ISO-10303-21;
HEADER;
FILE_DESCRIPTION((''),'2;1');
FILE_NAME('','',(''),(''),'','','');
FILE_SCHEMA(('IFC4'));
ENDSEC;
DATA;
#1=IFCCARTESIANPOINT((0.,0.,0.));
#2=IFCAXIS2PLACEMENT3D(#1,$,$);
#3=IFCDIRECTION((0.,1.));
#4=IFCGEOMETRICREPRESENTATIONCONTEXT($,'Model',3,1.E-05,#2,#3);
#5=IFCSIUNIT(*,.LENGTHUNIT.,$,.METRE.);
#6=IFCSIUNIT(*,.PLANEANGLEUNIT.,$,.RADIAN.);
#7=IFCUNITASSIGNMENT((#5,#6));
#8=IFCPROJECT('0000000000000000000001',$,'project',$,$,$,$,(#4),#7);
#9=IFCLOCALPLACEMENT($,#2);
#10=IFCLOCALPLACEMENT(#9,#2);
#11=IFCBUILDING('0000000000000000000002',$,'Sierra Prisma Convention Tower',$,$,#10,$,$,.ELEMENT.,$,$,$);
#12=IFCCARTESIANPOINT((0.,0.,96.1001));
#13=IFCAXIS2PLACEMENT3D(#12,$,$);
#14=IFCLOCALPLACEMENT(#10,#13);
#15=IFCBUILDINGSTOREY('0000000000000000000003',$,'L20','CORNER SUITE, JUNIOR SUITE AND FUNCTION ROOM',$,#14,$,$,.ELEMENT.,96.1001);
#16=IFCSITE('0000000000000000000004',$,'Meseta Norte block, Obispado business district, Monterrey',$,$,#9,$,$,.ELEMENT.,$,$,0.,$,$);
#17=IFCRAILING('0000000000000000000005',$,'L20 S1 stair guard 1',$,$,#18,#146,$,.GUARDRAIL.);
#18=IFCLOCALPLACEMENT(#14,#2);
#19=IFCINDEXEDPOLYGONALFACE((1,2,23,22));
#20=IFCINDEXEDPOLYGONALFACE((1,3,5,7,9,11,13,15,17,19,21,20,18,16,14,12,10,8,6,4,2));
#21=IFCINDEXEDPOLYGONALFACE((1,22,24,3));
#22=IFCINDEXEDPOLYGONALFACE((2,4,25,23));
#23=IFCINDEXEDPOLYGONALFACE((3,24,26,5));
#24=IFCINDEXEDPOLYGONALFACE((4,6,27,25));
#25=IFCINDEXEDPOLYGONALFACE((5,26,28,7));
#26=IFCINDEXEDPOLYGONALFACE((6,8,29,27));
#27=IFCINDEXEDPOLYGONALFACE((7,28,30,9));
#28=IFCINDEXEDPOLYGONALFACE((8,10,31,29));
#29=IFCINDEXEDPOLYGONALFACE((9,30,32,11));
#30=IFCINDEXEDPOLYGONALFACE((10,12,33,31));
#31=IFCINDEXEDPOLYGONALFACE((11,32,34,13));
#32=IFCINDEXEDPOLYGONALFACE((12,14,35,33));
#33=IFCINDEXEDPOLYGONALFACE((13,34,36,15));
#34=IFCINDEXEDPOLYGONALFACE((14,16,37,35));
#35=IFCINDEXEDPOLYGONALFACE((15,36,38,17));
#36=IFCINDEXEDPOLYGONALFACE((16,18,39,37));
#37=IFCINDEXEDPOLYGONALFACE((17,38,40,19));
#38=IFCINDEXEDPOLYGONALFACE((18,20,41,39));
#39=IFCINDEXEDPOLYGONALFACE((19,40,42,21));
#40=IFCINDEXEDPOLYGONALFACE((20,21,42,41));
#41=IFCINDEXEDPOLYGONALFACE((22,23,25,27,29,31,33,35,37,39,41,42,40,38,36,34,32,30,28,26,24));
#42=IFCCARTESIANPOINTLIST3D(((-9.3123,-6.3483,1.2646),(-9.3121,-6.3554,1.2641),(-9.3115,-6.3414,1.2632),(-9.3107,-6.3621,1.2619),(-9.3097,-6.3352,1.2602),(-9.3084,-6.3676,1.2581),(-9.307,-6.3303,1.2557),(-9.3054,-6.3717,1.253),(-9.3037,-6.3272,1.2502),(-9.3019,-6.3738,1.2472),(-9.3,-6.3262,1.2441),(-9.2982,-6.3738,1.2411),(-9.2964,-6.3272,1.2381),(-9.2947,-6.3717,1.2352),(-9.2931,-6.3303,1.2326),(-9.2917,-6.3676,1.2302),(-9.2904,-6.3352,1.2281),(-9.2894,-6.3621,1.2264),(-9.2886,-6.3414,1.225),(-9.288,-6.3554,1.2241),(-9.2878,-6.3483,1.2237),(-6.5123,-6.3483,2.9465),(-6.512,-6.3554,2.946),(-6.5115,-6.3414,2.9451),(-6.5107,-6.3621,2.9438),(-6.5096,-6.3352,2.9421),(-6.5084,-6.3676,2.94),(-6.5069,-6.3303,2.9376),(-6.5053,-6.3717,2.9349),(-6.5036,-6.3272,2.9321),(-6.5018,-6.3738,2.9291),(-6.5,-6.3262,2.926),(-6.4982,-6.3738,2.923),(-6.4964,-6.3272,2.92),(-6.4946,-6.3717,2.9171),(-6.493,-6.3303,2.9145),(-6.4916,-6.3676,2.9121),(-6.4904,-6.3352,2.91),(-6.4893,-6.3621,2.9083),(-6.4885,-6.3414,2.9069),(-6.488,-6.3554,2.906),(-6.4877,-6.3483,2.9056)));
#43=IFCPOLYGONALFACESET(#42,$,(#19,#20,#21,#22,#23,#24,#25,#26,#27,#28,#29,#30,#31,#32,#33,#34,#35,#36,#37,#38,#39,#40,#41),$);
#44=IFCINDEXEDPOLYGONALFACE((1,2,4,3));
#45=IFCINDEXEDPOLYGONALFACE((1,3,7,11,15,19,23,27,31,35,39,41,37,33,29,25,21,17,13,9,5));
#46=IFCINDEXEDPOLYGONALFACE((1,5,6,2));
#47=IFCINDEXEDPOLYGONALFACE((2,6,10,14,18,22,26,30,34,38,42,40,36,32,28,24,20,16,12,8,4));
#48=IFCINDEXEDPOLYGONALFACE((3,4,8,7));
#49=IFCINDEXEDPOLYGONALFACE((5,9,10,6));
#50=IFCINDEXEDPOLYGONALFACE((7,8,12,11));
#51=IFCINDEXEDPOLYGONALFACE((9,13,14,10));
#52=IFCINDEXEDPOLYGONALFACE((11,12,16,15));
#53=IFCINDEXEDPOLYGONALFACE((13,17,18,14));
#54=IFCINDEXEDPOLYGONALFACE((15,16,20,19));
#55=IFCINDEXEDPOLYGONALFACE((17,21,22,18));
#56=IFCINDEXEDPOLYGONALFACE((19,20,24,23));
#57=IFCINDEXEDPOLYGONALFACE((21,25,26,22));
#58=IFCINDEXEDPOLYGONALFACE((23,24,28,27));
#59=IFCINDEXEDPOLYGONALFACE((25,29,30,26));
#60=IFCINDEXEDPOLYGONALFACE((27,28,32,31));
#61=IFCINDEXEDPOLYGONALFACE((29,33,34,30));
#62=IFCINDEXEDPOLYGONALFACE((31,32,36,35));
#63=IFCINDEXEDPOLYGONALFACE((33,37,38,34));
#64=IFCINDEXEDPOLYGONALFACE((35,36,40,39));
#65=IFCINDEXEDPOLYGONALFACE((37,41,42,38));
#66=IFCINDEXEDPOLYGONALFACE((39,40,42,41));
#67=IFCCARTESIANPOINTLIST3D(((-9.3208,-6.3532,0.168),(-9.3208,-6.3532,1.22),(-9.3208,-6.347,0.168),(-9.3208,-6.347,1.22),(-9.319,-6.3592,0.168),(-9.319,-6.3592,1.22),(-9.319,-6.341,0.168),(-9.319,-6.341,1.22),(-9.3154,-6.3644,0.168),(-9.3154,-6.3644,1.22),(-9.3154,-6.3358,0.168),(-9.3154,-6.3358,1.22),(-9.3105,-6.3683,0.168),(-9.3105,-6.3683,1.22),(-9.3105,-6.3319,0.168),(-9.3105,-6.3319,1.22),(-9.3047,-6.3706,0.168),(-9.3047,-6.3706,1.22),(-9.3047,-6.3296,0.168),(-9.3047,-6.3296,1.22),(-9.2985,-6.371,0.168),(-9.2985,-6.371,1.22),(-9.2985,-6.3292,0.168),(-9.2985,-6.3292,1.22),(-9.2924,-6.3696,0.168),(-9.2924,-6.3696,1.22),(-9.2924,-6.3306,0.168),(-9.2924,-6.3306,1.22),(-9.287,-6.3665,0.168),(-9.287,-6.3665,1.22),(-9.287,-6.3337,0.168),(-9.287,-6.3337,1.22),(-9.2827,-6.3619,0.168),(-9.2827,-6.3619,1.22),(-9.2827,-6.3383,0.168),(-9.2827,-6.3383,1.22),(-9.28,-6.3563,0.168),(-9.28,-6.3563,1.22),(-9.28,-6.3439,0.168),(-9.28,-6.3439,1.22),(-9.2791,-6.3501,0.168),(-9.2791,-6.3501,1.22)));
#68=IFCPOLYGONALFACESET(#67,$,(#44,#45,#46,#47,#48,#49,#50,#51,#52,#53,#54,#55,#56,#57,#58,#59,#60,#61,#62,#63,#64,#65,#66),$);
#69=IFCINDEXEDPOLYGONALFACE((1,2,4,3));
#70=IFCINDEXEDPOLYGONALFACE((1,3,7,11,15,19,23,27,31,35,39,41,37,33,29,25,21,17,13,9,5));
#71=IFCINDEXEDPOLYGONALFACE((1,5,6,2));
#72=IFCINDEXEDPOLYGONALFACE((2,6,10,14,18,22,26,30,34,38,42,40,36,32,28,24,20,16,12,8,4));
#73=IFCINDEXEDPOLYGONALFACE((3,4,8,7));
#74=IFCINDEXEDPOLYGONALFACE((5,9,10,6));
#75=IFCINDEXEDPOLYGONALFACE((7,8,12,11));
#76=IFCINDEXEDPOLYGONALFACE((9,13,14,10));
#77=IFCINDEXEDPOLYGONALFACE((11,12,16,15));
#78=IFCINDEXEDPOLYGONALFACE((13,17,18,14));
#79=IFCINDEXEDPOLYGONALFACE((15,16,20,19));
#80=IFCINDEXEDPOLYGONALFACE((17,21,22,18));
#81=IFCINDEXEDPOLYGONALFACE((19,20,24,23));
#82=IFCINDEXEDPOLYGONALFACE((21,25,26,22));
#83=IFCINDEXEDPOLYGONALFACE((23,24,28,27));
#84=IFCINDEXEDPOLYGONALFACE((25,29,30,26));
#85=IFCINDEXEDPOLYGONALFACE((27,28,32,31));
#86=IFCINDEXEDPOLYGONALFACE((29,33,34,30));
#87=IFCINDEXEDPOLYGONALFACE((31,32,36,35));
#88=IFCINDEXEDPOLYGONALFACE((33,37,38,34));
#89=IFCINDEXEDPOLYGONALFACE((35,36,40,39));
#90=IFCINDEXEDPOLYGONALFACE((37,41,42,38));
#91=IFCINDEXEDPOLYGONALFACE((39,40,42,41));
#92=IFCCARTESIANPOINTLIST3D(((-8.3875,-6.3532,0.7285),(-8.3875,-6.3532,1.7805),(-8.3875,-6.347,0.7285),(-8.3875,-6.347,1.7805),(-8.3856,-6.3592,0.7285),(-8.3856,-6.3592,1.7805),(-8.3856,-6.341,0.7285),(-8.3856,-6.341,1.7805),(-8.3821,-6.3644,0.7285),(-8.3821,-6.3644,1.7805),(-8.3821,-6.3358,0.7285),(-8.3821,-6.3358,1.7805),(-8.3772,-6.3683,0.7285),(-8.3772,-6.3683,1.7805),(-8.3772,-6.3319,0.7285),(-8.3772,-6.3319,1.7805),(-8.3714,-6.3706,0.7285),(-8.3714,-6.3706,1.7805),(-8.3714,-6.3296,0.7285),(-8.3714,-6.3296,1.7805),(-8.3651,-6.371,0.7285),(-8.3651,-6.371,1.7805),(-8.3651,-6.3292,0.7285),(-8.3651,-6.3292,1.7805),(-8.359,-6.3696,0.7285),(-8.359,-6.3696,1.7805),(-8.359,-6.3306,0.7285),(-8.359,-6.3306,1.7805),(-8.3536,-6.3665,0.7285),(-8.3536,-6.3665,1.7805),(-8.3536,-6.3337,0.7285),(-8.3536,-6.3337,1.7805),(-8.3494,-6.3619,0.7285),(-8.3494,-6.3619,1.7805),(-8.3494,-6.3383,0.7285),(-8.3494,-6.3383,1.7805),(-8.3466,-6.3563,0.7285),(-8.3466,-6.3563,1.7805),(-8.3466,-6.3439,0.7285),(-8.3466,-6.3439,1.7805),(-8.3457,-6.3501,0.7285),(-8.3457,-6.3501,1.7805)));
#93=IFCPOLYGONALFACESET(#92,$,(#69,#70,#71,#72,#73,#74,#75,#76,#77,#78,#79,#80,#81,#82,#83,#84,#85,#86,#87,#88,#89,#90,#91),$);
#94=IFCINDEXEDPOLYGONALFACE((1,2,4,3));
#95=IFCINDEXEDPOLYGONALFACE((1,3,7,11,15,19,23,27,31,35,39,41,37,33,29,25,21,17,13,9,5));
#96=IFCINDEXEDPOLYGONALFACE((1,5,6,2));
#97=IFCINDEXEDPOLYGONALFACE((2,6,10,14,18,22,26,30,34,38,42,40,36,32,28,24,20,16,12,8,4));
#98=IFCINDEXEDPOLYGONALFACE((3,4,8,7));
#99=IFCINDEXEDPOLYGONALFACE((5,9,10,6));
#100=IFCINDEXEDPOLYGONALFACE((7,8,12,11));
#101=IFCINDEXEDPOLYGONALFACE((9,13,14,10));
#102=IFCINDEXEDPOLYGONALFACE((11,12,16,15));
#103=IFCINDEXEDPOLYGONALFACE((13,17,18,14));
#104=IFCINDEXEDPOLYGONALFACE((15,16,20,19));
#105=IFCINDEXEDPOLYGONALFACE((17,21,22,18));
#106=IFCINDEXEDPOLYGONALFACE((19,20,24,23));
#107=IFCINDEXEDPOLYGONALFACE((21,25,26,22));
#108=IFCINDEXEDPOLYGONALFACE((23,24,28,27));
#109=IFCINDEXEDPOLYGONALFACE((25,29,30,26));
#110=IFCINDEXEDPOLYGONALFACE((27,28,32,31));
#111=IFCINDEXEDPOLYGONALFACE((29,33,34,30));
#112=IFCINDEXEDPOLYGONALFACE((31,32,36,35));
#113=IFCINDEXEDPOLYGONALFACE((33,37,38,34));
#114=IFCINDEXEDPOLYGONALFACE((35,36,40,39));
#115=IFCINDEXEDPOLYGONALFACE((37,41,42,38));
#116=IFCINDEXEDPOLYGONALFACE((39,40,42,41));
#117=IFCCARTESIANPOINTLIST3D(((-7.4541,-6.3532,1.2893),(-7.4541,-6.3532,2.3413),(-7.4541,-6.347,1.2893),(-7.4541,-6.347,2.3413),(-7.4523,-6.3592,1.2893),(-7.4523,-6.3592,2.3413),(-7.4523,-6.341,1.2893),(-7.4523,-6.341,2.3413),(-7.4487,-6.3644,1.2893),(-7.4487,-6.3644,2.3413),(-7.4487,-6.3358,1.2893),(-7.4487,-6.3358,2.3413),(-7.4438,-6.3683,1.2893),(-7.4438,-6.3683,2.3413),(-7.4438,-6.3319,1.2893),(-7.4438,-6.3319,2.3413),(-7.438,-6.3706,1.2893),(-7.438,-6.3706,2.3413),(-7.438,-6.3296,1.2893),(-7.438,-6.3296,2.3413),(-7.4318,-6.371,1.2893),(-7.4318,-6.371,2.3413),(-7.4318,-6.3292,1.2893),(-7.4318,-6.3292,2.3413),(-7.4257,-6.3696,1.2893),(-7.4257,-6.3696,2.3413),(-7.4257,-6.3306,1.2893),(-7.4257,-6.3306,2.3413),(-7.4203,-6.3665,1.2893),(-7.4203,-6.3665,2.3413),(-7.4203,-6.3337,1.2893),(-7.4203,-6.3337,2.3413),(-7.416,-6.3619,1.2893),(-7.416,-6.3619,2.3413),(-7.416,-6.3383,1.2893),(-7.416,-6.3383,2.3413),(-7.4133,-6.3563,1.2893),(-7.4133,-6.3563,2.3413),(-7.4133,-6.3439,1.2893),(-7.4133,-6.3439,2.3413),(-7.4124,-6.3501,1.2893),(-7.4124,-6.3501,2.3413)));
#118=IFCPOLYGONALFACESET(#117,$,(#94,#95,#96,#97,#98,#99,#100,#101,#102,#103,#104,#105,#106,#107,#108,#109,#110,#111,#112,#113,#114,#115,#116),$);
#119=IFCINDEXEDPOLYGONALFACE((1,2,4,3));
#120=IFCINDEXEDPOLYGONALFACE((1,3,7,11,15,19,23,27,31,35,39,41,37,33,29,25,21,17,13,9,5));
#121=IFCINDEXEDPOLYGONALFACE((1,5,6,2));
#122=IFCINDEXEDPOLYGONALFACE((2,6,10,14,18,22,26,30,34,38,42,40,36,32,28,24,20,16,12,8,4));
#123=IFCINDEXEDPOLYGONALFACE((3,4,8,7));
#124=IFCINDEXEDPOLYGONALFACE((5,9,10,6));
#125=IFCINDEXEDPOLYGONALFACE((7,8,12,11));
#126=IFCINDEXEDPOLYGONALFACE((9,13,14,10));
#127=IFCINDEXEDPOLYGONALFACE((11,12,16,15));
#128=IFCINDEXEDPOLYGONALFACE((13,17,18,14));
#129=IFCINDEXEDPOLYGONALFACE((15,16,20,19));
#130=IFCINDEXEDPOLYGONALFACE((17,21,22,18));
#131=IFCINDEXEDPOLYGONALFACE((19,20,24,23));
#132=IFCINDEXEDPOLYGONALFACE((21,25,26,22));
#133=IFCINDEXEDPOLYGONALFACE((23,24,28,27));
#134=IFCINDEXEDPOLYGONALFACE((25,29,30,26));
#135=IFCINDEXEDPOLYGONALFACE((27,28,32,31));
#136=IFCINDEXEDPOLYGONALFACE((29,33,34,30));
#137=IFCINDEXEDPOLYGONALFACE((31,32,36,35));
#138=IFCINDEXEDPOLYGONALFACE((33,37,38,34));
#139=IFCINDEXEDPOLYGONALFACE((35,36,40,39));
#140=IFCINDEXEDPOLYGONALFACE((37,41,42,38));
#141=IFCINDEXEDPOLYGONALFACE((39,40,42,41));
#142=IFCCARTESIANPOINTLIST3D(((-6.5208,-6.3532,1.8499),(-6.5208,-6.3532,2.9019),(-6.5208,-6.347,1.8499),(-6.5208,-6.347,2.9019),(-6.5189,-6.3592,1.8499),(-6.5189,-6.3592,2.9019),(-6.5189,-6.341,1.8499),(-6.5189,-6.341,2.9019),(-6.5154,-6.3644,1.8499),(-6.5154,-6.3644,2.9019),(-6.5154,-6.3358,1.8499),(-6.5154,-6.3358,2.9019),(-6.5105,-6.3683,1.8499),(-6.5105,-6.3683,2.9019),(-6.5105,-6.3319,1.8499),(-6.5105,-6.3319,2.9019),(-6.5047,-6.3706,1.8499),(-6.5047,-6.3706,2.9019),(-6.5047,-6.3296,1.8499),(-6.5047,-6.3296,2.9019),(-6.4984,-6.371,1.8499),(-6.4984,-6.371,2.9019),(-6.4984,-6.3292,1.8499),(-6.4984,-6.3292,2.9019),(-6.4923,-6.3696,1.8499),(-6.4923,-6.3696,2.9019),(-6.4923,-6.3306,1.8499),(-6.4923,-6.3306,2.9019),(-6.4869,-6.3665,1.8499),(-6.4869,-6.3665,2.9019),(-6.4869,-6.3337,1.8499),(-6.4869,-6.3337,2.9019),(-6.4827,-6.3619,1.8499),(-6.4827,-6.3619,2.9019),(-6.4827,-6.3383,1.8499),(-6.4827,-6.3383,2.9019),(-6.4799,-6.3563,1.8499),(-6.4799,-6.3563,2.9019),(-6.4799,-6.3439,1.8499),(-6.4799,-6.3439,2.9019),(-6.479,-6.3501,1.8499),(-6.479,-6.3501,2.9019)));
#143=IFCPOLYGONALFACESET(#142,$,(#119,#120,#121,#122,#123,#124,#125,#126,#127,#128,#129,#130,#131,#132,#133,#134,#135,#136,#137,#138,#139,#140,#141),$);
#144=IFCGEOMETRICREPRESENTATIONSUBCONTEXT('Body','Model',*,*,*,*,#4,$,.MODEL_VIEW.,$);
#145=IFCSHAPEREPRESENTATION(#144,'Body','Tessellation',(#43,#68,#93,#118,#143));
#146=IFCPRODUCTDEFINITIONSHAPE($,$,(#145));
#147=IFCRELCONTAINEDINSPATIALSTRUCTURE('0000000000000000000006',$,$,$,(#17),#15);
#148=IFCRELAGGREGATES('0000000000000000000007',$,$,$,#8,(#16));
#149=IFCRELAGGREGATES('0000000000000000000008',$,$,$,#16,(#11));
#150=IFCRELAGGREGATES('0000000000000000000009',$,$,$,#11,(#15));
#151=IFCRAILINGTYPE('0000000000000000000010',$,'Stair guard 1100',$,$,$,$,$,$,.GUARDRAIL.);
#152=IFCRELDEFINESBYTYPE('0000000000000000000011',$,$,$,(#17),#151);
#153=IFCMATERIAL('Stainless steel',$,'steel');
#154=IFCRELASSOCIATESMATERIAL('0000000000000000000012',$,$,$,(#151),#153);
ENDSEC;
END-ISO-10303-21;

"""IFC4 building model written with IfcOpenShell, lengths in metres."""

from ifc_helpers import new_model, si_unit, direction, frame, origin, origin_2d, place, context, subcontext, project, spatial, circle, extrude, material, type_object, element, save


model = new_model("IFC4")

# Units and contexts
model_context = context("Model", 3, precision=1e-05, world=origin(), true_north=direction((0.0, 1.0)))
body_context = subcontext(model_context, "Body", "Model", "MODEL_VIEW")
ifc_project = project(units=[si_unit("LENGTHUNIT", "METRE"), si_unit("PLANEANGLEUNIT", "RADIAN")], contexts=[model_context])

# Site, building, storey
site_placement = place(None, origin())
site = spatial("IfcSite", under=ifc_project, at=site_placement, Name="Meseta Norte block, Obispado business district, Monterrey", CompositionType="ELEMENT", RefElevation=0.0)
building_placement = place(site_placement, origin())
building = spatial("IfcBuilding", under=site, at=building_placement, Name="Sierra Prisma Convention Tower", CompositionType="ELEMENT")
storey_placement = place(building_placement, frame((0.0, 0.0, 96.1001)))
storey = spatial("IfcBuildingStorey", under=building, at=storey_placement, Name="L20", Description="CORNER SUITE, JUNIOR SUITE AND FUNCTION ROOM", CompositionType="ELEMENT", Elevation=96.1001)

# Railing
ifc_material_1 = material(Name="Stainless steel", Category="steel")
railing_type_1 = type_object("IfcRailingType", Name="Stair guard 1100", PredefinedType="GUARDRAIL", material=ifc_material_1)
railing_1_placement = place(storey_placement, frame((-9.3, -6.3501, 0.168)))
element("IfcRailing", 1, at=railing_1_placement, inside=storey, type_object=railing_type_1, Name="L20 S1 stair guard 1", PredefinedType="GUARDRAIL", context=body_context, shape_type="SweptSolid", body=[
    extrude(circle(Radius=0.0239, at=origin_2d()), frame((0.0, 0.0, 1.0762), z_axis=(0.857242, 0.0, 0.514913), x_axis=(0.0, 1.0, 0.0)), (0.0, 0.0, 1.0), 3.2664),
    extrude(circle(Radius=0.021, at=origin_2d()), origin(), (0.0, 0.0, 1.0), 1.052),
    extrude(circle(Radius=0.021, at=origin_2d()), frame((0.9333, 0.0, 0.5605)), (0.0, 0.0, 1.0), 1.052),
    extrude(circle(Radius=0.021, at=origin_2d()), frame((1.8667, 0.0, 1.1213)), (0.0, 0.0, 1.0), 1.052),
    extrude(circle(Radius=0.021, at=origin_2d()), frame((2.8, 0.0, 1.6819)), (0.0, 0.0, 1.0), 1.052),
])

save(model, "model.ifc")
